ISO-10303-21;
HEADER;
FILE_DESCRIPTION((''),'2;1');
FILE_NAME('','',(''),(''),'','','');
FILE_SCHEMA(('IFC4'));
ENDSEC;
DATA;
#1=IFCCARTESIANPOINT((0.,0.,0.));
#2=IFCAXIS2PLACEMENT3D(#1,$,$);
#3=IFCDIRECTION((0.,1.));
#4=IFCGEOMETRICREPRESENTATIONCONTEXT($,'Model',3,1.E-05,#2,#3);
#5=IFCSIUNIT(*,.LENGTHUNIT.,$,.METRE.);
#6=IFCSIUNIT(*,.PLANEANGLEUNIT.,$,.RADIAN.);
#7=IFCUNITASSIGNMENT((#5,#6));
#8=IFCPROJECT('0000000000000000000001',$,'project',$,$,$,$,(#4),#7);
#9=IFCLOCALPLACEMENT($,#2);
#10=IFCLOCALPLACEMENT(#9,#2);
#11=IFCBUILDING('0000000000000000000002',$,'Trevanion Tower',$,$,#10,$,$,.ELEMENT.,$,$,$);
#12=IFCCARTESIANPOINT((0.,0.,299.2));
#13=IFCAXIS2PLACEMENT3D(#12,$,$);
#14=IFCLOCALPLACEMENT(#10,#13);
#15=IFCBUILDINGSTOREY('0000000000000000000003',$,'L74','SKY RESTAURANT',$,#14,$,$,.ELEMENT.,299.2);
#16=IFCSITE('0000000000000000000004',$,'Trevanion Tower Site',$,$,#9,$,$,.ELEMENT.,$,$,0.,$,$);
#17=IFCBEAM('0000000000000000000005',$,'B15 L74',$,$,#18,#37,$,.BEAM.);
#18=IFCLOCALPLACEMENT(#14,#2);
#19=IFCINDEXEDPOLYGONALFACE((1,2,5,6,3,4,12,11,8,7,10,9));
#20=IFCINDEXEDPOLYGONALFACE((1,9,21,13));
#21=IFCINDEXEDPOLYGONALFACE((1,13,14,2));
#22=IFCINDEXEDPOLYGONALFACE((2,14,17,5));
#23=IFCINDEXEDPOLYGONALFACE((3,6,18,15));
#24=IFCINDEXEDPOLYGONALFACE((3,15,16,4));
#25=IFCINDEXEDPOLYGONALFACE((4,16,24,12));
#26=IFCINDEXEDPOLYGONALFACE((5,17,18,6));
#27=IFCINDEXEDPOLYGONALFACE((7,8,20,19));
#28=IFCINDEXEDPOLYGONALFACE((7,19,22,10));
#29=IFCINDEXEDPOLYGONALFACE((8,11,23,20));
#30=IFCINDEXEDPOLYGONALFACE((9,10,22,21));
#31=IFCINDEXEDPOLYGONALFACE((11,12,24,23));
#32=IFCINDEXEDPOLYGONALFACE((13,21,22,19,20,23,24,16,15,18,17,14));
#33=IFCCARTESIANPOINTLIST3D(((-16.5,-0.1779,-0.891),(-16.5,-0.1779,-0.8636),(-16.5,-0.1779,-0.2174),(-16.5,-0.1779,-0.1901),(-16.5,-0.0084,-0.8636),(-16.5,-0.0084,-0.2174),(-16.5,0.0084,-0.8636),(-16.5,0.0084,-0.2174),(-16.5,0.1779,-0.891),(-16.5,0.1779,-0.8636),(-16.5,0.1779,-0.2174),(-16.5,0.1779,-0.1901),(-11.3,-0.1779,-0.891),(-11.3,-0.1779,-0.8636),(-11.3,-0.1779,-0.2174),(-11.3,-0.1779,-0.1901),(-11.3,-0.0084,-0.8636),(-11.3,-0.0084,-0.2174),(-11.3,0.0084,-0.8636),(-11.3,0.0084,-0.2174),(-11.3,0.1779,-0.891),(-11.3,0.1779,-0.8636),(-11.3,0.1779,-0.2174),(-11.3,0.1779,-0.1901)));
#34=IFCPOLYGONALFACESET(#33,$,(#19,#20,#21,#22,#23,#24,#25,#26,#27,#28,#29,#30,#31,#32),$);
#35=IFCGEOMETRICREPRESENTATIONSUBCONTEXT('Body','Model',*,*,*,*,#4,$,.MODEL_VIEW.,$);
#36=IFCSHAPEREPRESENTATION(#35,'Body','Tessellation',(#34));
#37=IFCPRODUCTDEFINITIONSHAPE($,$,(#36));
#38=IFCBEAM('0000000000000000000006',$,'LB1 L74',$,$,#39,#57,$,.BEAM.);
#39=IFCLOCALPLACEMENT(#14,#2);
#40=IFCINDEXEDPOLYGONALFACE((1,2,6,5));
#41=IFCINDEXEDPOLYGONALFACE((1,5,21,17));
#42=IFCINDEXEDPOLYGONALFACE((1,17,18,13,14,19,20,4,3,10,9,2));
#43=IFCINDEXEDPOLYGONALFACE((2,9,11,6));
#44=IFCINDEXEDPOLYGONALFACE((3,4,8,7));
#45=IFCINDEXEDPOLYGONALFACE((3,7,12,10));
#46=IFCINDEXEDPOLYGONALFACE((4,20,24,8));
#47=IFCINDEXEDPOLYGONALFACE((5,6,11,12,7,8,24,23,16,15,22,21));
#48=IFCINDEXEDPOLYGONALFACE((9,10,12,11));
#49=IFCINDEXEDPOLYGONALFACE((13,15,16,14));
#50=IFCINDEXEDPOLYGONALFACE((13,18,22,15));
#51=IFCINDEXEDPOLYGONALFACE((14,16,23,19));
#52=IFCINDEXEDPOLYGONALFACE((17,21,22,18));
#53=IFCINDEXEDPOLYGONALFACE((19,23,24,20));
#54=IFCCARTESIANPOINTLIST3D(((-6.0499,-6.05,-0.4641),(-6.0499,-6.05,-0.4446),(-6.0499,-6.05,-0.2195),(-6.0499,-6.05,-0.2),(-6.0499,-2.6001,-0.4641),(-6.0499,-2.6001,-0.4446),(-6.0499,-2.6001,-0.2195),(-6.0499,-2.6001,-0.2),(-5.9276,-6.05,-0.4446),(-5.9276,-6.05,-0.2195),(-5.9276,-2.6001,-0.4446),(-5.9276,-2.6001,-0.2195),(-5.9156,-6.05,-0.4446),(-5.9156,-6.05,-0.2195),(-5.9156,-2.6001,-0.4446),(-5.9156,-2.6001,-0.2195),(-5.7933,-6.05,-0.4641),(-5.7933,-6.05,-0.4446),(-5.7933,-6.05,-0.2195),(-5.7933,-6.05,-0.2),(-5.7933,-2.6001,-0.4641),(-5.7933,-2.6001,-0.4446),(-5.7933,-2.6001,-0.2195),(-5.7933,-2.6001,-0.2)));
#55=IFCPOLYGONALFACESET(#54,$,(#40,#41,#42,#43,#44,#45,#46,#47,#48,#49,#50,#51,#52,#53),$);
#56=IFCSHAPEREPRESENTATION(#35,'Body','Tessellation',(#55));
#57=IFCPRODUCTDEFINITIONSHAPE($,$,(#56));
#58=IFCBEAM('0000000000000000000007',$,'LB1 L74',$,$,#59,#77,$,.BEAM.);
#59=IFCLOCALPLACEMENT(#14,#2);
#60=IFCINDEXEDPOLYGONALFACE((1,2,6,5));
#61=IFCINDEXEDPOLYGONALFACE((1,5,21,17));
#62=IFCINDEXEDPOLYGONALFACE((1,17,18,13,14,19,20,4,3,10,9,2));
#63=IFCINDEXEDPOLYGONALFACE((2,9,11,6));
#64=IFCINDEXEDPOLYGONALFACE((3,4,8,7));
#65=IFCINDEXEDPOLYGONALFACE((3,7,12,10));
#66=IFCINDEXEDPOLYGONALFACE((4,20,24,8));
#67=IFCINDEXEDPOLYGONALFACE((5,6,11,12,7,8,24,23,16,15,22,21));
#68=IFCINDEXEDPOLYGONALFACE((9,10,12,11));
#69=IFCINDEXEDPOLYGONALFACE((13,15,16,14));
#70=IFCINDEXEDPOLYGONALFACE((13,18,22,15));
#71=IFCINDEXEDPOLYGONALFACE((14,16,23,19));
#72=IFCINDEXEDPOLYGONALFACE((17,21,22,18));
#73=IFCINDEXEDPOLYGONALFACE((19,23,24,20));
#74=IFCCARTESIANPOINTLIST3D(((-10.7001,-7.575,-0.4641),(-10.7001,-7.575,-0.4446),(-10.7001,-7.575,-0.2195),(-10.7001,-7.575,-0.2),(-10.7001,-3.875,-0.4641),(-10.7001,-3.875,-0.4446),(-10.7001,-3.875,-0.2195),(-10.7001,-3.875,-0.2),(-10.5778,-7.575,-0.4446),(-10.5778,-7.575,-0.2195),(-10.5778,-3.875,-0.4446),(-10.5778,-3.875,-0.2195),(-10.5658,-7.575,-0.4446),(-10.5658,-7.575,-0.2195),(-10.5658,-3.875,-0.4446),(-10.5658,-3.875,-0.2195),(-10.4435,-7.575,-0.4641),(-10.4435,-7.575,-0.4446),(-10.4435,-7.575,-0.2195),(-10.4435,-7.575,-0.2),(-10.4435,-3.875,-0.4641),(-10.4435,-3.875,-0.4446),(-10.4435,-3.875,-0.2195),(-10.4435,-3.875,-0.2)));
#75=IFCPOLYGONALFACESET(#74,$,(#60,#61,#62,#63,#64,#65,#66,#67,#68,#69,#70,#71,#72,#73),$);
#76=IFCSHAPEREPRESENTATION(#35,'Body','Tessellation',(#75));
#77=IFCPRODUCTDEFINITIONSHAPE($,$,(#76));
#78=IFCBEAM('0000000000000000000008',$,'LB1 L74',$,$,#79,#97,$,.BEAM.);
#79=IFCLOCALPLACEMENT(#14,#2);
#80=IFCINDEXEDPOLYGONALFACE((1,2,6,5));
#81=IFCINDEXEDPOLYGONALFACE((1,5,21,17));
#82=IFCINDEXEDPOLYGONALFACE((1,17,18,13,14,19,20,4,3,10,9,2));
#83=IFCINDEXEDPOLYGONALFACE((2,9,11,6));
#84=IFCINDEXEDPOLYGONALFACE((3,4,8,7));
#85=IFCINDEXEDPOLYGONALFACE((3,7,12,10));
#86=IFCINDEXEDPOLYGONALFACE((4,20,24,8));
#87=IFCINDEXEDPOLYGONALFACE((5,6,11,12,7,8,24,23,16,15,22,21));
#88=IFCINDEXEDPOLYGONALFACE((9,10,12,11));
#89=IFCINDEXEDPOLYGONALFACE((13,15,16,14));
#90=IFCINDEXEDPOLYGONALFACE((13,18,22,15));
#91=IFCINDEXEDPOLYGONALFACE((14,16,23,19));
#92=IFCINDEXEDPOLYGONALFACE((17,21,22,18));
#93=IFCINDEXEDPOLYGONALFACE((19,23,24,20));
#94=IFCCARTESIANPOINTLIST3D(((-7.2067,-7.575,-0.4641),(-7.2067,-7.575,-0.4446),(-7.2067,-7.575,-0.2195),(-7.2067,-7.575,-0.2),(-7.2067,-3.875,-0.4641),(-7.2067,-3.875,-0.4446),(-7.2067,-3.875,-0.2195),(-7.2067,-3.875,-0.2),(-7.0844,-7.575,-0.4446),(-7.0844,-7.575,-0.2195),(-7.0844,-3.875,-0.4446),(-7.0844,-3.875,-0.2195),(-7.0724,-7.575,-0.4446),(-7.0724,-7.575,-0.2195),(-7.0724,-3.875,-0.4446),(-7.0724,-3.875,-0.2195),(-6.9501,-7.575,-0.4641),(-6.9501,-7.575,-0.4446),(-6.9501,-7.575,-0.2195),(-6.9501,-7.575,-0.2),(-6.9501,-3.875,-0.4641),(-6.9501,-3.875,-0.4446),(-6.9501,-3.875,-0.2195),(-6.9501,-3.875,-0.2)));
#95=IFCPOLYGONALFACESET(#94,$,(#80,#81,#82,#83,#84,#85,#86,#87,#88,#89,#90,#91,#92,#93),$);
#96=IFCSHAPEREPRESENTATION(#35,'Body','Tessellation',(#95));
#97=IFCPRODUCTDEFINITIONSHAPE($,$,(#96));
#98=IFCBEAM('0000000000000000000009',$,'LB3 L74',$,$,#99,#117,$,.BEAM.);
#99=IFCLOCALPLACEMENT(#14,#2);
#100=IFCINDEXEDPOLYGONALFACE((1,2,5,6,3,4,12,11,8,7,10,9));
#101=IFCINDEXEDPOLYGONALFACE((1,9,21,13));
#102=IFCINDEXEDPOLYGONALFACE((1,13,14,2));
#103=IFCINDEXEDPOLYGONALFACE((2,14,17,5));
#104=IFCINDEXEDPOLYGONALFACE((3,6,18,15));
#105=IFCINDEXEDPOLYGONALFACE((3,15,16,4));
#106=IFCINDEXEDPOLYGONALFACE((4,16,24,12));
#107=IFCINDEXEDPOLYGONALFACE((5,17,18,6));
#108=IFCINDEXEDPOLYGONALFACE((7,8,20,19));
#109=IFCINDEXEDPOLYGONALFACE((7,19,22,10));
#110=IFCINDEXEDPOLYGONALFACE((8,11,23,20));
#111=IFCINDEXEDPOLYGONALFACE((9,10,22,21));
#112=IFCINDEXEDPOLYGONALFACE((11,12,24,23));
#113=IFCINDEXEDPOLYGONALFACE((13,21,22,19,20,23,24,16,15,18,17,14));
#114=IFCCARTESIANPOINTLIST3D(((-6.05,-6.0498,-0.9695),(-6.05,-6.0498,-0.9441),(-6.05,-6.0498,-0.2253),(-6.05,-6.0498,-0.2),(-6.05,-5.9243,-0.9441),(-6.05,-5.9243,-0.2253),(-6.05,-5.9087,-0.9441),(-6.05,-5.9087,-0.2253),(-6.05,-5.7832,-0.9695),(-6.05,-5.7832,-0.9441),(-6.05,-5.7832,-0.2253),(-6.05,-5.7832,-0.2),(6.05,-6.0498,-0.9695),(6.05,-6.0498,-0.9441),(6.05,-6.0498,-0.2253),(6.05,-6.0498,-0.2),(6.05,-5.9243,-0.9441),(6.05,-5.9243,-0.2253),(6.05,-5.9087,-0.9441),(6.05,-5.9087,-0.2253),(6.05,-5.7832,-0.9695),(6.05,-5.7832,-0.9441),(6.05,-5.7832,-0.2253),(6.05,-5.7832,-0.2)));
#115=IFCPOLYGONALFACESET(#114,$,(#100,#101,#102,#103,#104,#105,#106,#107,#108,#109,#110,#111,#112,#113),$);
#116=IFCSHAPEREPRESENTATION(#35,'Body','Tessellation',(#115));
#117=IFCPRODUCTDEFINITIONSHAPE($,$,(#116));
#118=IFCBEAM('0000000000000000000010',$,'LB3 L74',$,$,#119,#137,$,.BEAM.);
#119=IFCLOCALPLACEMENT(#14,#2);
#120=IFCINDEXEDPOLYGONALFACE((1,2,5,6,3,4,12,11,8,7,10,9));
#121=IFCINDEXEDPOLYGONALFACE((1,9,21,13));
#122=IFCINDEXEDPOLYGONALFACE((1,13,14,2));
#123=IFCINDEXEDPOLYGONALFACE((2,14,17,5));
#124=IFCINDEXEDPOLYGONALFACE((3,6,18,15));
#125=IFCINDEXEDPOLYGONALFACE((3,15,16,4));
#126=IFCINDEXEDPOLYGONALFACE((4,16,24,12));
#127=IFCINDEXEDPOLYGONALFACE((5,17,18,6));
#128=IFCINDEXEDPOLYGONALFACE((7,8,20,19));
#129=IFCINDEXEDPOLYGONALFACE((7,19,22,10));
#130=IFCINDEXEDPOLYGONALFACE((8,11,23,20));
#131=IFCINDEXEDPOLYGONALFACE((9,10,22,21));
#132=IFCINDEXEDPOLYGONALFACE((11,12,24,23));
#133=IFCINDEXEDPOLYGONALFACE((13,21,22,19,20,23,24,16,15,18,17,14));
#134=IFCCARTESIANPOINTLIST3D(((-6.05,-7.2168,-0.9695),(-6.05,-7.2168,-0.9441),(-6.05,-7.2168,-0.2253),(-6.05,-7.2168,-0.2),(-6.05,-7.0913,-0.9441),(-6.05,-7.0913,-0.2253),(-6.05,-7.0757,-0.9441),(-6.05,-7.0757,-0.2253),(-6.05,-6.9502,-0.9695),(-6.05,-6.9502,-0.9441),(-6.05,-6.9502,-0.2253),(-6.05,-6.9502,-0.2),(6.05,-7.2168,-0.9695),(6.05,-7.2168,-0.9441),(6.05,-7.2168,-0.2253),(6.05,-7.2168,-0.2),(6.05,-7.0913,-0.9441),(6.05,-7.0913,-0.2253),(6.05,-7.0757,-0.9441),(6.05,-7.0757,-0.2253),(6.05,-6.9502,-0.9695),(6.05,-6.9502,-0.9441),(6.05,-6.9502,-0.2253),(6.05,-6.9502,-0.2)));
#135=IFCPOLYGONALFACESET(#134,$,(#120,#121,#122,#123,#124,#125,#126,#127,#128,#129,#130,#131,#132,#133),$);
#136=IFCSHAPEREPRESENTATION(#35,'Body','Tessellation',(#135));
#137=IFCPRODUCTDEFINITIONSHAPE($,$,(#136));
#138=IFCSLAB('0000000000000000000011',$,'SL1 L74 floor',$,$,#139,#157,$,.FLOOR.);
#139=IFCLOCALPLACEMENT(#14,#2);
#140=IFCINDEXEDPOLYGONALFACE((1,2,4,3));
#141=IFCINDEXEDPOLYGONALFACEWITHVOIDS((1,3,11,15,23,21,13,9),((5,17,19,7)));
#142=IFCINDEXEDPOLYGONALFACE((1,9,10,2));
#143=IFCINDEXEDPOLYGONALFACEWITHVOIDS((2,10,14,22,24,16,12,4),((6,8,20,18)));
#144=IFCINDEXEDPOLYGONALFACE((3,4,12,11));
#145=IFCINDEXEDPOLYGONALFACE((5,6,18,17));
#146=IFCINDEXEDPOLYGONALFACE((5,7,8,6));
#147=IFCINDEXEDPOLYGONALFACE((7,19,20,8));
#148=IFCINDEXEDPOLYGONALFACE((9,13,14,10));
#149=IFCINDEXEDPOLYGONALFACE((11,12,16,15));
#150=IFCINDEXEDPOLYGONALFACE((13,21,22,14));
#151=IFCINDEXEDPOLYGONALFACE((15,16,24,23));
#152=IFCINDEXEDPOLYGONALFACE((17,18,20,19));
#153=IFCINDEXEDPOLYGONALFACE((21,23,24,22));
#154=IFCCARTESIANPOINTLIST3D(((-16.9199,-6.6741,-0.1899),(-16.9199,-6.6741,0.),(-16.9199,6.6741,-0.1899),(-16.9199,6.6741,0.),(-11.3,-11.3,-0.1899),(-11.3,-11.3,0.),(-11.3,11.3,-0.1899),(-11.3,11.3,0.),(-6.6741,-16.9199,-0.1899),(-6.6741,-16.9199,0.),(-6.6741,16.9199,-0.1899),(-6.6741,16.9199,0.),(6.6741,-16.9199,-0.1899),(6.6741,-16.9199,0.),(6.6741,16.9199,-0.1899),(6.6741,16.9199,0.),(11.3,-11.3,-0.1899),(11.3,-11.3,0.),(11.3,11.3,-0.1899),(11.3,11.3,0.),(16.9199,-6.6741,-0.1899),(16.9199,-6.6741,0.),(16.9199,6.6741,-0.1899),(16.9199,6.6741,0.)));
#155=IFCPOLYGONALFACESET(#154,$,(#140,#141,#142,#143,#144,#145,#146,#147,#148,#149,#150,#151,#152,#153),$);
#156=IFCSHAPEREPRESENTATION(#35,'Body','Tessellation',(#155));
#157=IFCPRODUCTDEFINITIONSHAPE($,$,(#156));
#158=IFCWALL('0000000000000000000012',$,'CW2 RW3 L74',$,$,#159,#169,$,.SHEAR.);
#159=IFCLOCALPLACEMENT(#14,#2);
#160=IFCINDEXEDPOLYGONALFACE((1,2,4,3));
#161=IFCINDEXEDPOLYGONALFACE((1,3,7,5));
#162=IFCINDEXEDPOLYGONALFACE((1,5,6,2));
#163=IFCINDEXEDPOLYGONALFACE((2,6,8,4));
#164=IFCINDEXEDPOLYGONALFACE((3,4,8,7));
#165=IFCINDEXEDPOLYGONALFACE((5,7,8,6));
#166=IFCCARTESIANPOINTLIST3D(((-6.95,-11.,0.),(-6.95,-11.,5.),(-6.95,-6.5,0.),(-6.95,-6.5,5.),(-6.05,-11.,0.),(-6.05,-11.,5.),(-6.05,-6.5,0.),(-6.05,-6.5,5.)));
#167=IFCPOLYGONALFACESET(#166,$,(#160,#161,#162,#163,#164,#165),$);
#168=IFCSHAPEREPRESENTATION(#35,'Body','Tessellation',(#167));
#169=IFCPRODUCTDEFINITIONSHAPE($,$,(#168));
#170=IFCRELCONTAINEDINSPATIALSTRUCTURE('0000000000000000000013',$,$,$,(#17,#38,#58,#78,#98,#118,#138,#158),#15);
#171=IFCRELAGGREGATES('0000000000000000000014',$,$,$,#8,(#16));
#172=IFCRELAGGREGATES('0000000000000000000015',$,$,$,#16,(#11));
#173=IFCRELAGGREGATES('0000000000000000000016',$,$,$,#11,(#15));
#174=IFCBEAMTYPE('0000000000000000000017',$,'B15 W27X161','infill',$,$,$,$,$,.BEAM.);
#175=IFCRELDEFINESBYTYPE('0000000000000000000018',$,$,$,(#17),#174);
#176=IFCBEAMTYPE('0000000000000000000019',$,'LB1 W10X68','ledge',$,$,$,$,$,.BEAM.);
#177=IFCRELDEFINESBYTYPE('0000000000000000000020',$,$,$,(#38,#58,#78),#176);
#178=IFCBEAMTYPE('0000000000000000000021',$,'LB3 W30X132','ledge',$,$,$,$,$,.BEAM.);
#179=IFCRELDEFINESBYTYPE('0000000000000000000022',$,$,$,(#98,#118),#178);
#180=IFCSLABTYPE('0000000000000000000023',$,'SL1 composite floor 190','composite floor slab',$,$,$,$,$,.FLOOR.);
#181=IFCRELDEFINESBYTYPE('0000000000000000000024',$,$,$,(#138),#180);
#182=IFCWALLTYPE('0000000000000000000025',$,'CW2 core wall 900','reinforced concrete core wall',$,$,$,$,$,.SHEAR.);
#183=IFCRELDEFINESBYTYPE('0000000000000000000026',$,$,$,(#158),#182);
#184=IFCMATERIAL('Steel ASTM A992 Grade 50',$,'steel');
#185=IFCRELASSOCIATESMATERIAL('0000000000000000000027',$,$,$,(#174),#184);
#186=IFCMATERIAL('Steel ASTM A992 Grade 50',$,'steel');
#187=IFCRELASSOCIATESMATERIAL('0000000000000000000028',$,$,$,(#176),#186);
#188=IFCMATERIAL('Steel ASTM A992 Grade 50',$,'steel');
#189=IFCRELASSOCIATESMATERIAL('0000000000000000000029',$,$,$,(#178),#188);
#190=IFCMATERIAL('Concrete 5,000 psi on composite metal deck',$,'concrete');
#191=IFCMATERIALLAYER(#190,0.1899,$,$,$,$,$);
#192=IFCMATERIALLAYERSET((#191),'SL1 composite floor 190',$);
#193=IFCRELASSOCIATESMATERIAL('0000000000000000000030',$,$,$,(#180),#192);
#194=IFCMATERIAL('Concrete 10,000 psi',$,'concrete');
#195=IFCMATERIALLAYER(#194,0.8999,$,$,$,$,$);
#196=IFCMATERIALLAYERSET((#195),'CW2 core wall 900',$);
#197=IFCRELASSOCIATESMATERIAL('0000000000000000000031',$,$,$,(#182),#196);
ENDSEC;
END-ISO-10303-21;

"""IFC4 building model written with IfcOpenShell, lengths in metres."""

from ifc_helpers import new_model, si_unit, direction, frame, frame_2d, origin, origin_2d, place, context, subcontext, project, spatial, polyline, rectangle, i_section, outline, extrude, material, layer, layer_set, material_profile, profile_set, type_object, element, save


model = new_model("IFC4")

# Units and contexts
model_context = context("Model", 3, precision=1e-05, world=origin(), true_north=direction((0.0, 1.0)))
body_context = subcontext(model_context, "Body", "Model", "MODEL_VIEW")
ifc_project = project(units=[si_unit("LENGTHUNIT", "METRE"), si_unit("PLANEANGLEUNIT", "RADIAN")], contexts=[model_context])

# Site, building, storey
site_placement = place(None, origin())
site = spatial("IfcSite", under=ifc_project, at=site_placement, Name="Trevanion Tower Site", CompositionType="ELEMENT", RefElevation=0.0)
building_placement = place(site_placement, origin())
building = spatial("IfcBuilding", under=site, at=building_placement, Name="Trevanion Tower", CompositionType="ELEMENT")
storey_placement = place(building_placement, frame((0.0, 0.0, 299.2)))
storey = spatial("IfcBuildingStorey", under=building, at=storey_placement, Name="L74", Description="SKY RESTAURANT", CompositionType="ELEMENT", Elevation=299.2)

# Beams
ifc_material_1 = material(Name="Steel ASTM A992 Grade 50", Category="steel")
ifc_material_profile_1 = material_profile(ifc_material_1, i_section(OverallWidth=0.3557, OverallDepth=0.7009, WebThickness=0.0168, FlangeThickness=0.0273, at=origin_2d()), Name="W27X161")
ifc_profile_set_1 = profile_set([ifc_material_profile_1], Name="Steel ASTM A992 Grade 50")
beam_type_1 = type_object("IfcBeamType", Name="B15 W27X161", Description="infill", PredefinedType="BEAM", material=ifc_profile_set_1)
beam_1_placement = place(storey_placement, frame((-11.3, 0.0, -0.5405), z_axis=(-1.0, 0.0, 0.0), x_axis=(0.0, -1.0, 0.0)))
element("IfcBeam", 1, at=beam_1_placement, inside=storey, type_object=beam_type_1, Name="B15 L74", PredefinedType="BEAM", context=body_context, shape_type="SweptSolid", body=[
    extrude(i_section(OverallWidth=0.3557, OverallDepth=0.7009, WebThickness=0.0168, FlangeThickness=0.0273, at=origin_2d()), origin(), (0.0, 0.0, 1.0), 5.2),
])
ifc_material_2 = material(Name="Steel ASTM A992 Grade 50", Category="steel")
ifc_material_profile_2 = material_profile(ifc_material_2, i_section(OverallWidth=0.2566, OverallDepth=0.2642, WebThickness=0.012, FlangeThickness=0.0195, at=origin_2d()), Name="W10X68")
ifc_profile_set_2 = profile_set([ifc_material_profile_2], Name="Steel ASTM A992 Grade 50")
beam_type_2 = type_object("IfcBeamType", Name="LB1 W10X68", Description="ledge", PredefinedType="BEAM", material=ifc_profile_set_2)
beam_2_placement = place(storey_placement, frame((-5.9216, -6.05, -0.332), z_axis=(0.0, 1.0, 0.0), x_axis=(-1.0, 0.0, 0.0)))
element("IfcBeam", 2, at=beam_2_placement, inside=storey, type_object=beam_type_2, Name="LB1 L74", PredefinedType="BEAM", context=body_context, shape_type="SweptSolid", body=[
    extrude(i_section(OverallWidth=0.2566, OverallDepth=0.2642, WebThickness=0.012, FlangeThickness=0.0195, at=origin_2d()), origin(), (0.0, 0.0, 1.0), 3.45),
])
for number, where, z_axis, x_axis, name in (
    (3, (-10.5718, -7.575, -0.332), (0.0, 1.0, 0.0), (-1.0, 0.0, 0.0), "LB1 L74"),
    (4, (-7.0784, -7.575, -0.332), (0.0, 1.0, 0.0), (-1.0, 0.0, 0.0), "LB1 L74"),
):
    element("IfcBeam", number, at=place(storey_placement, frame(where, z_axis=z_axis, x_axis=x_axis)), inside=storey, type_object=beam_type_2, Name=name, PredefinedType="BEAM", context=body_context, shape_type="SweptSolid", body=[
        extrude(i_section(OverallWidth=0.2566, OverallDepth=0.2642, WebThickness=0.012, FlangeThickness=0.0195, at=origin_2d()), origin(), (0.0, 0.0, 1.0), 3.7),
    ])
ifc_material_3 = material(Name="Steel ASTM A992 Grade 50", Category="steel")
ifc_material_profile_3 = material_profile(ifc_material_3, i_section(OverallWidth=0.2666, OverallDepth=0.7695, WebThickness=0.0156, FlangeThickness=0.0254, at=origin_2d()), Name="W30X132")
ifc_profile_set_3 = profile_set([ifc_material_profile_3], Name="Steel ASTM A992 Grade 50")
beam_type_3 = type_object("IfcBeamType", Name="LB3 W30X132", Description="ledge", PredefinedType="BEAM", material=ifc_profile_set_3)
for number, where, z_axis, x_axis, name in (
    (5, (-6.05, -5.9165, -0.5847), (1.0, 0.0, 0.0), (0.0, 1.0, 0.0), "LB3 L74"),
    (6, (-6.05, -7.0835, -0.5847), (1.0, 0.0, 0.0), (0.0, 1.0, 0.0), "LB3 L74"),
):
    element("IfcBeam", number, at=place(storey_placement, frame(where, z_axis=z_axis, x_axis=x_axis)), inside=storey, type_object=beam_type_3, Name=name, PredefinedType="BEAM", context=body_context, shape_type="SweptSolid", body=[
        extrude(i_section(OverallWidth=0.2666, OverallDepth=0.7695, WebThickness=0.0156, FlangeThickness=0.0254, at=origin_2d()), origin(), (0.0, 0.0, 1.0), 12.1001),
    ])

# Slab
ifc_material_4 = material(Name="Concrete 5,000 psi on composite metal deck", Category="concrete")
ifc_layer_1 = layer(ifc_material_4, 0.1899)
ifc_layer_set_1 = layer_set([ifc_layer_1], Name="SL1 composite floor 190")
slab_type = type_object("IfcSlabType", Name="SL1 composite floor 190", Description="composite floor slab", PredefinedType="FLOOR", material=ifc_layer_set_1)
slab_placement = place(storey_placement, frame((0.0, 0.0, -0.1899)))
element("IfcSlab", 7, at=slab_placement, inside=storey, type_object=slab_type, Name="SL1 L74 floor", PredefinedType="FLOOR", context=body_context, shape_type="SweptSolid", body=[
    extrude(outline(polyline([(16.9199, -6.6741), (16.9199, 6.6741), (6.6741, 16.9199), (-6.6741, 16.9199), (-16.9199, 6.6741), (-16.9199, -6.6741), (-6.6741, -16.9199), (6.6741, -16.9199), (16.9199, -6.6741)]), holes=[polyline([(11.3, -11.3), (11.3, 11.3), (-11.3, 11.3), (-11.3, -11.3), (11.3, -11.3)])]), origin(), (0.0, 0.0, 1.0), 0.1899),
])

# Wall
ifc_material_5 = material(Name="Concrete 10,000 psi", Category="concrete")
ifc_layer_2 = layer(ifc_material_5, 0.8999)
ifc_layer_set_2 = layer_set([ifc_layer_2], Name="CW2 core wall 900")
wall_type_1 = type_object("IfcWallType", Name="CW2 core wall 900", Description="reinforced concrete core wall", PredefinedType="SHEAR", material=ifc_layer_set_2)
wall_1_placement = place(storey_placement, frame((-6.5, -6.5, 0.0), z_axis=(0.0, 0.0, 1.0), x_axis=(0.0, -1.0, 0.0)))
element("IfcWall", 8, at=wall_1_placement, inside=storey, type_object=wall_type_1, Name="CW2 RW3 L74", PredefinedType="SHEAR", context=body_context, shape_type="SweptSolid", body=[
    extrude(rectangle(XDim=4.5, YDim=0.8999, at=frame_2d((2.25, 0.0))), origin(), (0.0, 0.0, 1.0), 5.0),
])

save(model, "model.ifc")
